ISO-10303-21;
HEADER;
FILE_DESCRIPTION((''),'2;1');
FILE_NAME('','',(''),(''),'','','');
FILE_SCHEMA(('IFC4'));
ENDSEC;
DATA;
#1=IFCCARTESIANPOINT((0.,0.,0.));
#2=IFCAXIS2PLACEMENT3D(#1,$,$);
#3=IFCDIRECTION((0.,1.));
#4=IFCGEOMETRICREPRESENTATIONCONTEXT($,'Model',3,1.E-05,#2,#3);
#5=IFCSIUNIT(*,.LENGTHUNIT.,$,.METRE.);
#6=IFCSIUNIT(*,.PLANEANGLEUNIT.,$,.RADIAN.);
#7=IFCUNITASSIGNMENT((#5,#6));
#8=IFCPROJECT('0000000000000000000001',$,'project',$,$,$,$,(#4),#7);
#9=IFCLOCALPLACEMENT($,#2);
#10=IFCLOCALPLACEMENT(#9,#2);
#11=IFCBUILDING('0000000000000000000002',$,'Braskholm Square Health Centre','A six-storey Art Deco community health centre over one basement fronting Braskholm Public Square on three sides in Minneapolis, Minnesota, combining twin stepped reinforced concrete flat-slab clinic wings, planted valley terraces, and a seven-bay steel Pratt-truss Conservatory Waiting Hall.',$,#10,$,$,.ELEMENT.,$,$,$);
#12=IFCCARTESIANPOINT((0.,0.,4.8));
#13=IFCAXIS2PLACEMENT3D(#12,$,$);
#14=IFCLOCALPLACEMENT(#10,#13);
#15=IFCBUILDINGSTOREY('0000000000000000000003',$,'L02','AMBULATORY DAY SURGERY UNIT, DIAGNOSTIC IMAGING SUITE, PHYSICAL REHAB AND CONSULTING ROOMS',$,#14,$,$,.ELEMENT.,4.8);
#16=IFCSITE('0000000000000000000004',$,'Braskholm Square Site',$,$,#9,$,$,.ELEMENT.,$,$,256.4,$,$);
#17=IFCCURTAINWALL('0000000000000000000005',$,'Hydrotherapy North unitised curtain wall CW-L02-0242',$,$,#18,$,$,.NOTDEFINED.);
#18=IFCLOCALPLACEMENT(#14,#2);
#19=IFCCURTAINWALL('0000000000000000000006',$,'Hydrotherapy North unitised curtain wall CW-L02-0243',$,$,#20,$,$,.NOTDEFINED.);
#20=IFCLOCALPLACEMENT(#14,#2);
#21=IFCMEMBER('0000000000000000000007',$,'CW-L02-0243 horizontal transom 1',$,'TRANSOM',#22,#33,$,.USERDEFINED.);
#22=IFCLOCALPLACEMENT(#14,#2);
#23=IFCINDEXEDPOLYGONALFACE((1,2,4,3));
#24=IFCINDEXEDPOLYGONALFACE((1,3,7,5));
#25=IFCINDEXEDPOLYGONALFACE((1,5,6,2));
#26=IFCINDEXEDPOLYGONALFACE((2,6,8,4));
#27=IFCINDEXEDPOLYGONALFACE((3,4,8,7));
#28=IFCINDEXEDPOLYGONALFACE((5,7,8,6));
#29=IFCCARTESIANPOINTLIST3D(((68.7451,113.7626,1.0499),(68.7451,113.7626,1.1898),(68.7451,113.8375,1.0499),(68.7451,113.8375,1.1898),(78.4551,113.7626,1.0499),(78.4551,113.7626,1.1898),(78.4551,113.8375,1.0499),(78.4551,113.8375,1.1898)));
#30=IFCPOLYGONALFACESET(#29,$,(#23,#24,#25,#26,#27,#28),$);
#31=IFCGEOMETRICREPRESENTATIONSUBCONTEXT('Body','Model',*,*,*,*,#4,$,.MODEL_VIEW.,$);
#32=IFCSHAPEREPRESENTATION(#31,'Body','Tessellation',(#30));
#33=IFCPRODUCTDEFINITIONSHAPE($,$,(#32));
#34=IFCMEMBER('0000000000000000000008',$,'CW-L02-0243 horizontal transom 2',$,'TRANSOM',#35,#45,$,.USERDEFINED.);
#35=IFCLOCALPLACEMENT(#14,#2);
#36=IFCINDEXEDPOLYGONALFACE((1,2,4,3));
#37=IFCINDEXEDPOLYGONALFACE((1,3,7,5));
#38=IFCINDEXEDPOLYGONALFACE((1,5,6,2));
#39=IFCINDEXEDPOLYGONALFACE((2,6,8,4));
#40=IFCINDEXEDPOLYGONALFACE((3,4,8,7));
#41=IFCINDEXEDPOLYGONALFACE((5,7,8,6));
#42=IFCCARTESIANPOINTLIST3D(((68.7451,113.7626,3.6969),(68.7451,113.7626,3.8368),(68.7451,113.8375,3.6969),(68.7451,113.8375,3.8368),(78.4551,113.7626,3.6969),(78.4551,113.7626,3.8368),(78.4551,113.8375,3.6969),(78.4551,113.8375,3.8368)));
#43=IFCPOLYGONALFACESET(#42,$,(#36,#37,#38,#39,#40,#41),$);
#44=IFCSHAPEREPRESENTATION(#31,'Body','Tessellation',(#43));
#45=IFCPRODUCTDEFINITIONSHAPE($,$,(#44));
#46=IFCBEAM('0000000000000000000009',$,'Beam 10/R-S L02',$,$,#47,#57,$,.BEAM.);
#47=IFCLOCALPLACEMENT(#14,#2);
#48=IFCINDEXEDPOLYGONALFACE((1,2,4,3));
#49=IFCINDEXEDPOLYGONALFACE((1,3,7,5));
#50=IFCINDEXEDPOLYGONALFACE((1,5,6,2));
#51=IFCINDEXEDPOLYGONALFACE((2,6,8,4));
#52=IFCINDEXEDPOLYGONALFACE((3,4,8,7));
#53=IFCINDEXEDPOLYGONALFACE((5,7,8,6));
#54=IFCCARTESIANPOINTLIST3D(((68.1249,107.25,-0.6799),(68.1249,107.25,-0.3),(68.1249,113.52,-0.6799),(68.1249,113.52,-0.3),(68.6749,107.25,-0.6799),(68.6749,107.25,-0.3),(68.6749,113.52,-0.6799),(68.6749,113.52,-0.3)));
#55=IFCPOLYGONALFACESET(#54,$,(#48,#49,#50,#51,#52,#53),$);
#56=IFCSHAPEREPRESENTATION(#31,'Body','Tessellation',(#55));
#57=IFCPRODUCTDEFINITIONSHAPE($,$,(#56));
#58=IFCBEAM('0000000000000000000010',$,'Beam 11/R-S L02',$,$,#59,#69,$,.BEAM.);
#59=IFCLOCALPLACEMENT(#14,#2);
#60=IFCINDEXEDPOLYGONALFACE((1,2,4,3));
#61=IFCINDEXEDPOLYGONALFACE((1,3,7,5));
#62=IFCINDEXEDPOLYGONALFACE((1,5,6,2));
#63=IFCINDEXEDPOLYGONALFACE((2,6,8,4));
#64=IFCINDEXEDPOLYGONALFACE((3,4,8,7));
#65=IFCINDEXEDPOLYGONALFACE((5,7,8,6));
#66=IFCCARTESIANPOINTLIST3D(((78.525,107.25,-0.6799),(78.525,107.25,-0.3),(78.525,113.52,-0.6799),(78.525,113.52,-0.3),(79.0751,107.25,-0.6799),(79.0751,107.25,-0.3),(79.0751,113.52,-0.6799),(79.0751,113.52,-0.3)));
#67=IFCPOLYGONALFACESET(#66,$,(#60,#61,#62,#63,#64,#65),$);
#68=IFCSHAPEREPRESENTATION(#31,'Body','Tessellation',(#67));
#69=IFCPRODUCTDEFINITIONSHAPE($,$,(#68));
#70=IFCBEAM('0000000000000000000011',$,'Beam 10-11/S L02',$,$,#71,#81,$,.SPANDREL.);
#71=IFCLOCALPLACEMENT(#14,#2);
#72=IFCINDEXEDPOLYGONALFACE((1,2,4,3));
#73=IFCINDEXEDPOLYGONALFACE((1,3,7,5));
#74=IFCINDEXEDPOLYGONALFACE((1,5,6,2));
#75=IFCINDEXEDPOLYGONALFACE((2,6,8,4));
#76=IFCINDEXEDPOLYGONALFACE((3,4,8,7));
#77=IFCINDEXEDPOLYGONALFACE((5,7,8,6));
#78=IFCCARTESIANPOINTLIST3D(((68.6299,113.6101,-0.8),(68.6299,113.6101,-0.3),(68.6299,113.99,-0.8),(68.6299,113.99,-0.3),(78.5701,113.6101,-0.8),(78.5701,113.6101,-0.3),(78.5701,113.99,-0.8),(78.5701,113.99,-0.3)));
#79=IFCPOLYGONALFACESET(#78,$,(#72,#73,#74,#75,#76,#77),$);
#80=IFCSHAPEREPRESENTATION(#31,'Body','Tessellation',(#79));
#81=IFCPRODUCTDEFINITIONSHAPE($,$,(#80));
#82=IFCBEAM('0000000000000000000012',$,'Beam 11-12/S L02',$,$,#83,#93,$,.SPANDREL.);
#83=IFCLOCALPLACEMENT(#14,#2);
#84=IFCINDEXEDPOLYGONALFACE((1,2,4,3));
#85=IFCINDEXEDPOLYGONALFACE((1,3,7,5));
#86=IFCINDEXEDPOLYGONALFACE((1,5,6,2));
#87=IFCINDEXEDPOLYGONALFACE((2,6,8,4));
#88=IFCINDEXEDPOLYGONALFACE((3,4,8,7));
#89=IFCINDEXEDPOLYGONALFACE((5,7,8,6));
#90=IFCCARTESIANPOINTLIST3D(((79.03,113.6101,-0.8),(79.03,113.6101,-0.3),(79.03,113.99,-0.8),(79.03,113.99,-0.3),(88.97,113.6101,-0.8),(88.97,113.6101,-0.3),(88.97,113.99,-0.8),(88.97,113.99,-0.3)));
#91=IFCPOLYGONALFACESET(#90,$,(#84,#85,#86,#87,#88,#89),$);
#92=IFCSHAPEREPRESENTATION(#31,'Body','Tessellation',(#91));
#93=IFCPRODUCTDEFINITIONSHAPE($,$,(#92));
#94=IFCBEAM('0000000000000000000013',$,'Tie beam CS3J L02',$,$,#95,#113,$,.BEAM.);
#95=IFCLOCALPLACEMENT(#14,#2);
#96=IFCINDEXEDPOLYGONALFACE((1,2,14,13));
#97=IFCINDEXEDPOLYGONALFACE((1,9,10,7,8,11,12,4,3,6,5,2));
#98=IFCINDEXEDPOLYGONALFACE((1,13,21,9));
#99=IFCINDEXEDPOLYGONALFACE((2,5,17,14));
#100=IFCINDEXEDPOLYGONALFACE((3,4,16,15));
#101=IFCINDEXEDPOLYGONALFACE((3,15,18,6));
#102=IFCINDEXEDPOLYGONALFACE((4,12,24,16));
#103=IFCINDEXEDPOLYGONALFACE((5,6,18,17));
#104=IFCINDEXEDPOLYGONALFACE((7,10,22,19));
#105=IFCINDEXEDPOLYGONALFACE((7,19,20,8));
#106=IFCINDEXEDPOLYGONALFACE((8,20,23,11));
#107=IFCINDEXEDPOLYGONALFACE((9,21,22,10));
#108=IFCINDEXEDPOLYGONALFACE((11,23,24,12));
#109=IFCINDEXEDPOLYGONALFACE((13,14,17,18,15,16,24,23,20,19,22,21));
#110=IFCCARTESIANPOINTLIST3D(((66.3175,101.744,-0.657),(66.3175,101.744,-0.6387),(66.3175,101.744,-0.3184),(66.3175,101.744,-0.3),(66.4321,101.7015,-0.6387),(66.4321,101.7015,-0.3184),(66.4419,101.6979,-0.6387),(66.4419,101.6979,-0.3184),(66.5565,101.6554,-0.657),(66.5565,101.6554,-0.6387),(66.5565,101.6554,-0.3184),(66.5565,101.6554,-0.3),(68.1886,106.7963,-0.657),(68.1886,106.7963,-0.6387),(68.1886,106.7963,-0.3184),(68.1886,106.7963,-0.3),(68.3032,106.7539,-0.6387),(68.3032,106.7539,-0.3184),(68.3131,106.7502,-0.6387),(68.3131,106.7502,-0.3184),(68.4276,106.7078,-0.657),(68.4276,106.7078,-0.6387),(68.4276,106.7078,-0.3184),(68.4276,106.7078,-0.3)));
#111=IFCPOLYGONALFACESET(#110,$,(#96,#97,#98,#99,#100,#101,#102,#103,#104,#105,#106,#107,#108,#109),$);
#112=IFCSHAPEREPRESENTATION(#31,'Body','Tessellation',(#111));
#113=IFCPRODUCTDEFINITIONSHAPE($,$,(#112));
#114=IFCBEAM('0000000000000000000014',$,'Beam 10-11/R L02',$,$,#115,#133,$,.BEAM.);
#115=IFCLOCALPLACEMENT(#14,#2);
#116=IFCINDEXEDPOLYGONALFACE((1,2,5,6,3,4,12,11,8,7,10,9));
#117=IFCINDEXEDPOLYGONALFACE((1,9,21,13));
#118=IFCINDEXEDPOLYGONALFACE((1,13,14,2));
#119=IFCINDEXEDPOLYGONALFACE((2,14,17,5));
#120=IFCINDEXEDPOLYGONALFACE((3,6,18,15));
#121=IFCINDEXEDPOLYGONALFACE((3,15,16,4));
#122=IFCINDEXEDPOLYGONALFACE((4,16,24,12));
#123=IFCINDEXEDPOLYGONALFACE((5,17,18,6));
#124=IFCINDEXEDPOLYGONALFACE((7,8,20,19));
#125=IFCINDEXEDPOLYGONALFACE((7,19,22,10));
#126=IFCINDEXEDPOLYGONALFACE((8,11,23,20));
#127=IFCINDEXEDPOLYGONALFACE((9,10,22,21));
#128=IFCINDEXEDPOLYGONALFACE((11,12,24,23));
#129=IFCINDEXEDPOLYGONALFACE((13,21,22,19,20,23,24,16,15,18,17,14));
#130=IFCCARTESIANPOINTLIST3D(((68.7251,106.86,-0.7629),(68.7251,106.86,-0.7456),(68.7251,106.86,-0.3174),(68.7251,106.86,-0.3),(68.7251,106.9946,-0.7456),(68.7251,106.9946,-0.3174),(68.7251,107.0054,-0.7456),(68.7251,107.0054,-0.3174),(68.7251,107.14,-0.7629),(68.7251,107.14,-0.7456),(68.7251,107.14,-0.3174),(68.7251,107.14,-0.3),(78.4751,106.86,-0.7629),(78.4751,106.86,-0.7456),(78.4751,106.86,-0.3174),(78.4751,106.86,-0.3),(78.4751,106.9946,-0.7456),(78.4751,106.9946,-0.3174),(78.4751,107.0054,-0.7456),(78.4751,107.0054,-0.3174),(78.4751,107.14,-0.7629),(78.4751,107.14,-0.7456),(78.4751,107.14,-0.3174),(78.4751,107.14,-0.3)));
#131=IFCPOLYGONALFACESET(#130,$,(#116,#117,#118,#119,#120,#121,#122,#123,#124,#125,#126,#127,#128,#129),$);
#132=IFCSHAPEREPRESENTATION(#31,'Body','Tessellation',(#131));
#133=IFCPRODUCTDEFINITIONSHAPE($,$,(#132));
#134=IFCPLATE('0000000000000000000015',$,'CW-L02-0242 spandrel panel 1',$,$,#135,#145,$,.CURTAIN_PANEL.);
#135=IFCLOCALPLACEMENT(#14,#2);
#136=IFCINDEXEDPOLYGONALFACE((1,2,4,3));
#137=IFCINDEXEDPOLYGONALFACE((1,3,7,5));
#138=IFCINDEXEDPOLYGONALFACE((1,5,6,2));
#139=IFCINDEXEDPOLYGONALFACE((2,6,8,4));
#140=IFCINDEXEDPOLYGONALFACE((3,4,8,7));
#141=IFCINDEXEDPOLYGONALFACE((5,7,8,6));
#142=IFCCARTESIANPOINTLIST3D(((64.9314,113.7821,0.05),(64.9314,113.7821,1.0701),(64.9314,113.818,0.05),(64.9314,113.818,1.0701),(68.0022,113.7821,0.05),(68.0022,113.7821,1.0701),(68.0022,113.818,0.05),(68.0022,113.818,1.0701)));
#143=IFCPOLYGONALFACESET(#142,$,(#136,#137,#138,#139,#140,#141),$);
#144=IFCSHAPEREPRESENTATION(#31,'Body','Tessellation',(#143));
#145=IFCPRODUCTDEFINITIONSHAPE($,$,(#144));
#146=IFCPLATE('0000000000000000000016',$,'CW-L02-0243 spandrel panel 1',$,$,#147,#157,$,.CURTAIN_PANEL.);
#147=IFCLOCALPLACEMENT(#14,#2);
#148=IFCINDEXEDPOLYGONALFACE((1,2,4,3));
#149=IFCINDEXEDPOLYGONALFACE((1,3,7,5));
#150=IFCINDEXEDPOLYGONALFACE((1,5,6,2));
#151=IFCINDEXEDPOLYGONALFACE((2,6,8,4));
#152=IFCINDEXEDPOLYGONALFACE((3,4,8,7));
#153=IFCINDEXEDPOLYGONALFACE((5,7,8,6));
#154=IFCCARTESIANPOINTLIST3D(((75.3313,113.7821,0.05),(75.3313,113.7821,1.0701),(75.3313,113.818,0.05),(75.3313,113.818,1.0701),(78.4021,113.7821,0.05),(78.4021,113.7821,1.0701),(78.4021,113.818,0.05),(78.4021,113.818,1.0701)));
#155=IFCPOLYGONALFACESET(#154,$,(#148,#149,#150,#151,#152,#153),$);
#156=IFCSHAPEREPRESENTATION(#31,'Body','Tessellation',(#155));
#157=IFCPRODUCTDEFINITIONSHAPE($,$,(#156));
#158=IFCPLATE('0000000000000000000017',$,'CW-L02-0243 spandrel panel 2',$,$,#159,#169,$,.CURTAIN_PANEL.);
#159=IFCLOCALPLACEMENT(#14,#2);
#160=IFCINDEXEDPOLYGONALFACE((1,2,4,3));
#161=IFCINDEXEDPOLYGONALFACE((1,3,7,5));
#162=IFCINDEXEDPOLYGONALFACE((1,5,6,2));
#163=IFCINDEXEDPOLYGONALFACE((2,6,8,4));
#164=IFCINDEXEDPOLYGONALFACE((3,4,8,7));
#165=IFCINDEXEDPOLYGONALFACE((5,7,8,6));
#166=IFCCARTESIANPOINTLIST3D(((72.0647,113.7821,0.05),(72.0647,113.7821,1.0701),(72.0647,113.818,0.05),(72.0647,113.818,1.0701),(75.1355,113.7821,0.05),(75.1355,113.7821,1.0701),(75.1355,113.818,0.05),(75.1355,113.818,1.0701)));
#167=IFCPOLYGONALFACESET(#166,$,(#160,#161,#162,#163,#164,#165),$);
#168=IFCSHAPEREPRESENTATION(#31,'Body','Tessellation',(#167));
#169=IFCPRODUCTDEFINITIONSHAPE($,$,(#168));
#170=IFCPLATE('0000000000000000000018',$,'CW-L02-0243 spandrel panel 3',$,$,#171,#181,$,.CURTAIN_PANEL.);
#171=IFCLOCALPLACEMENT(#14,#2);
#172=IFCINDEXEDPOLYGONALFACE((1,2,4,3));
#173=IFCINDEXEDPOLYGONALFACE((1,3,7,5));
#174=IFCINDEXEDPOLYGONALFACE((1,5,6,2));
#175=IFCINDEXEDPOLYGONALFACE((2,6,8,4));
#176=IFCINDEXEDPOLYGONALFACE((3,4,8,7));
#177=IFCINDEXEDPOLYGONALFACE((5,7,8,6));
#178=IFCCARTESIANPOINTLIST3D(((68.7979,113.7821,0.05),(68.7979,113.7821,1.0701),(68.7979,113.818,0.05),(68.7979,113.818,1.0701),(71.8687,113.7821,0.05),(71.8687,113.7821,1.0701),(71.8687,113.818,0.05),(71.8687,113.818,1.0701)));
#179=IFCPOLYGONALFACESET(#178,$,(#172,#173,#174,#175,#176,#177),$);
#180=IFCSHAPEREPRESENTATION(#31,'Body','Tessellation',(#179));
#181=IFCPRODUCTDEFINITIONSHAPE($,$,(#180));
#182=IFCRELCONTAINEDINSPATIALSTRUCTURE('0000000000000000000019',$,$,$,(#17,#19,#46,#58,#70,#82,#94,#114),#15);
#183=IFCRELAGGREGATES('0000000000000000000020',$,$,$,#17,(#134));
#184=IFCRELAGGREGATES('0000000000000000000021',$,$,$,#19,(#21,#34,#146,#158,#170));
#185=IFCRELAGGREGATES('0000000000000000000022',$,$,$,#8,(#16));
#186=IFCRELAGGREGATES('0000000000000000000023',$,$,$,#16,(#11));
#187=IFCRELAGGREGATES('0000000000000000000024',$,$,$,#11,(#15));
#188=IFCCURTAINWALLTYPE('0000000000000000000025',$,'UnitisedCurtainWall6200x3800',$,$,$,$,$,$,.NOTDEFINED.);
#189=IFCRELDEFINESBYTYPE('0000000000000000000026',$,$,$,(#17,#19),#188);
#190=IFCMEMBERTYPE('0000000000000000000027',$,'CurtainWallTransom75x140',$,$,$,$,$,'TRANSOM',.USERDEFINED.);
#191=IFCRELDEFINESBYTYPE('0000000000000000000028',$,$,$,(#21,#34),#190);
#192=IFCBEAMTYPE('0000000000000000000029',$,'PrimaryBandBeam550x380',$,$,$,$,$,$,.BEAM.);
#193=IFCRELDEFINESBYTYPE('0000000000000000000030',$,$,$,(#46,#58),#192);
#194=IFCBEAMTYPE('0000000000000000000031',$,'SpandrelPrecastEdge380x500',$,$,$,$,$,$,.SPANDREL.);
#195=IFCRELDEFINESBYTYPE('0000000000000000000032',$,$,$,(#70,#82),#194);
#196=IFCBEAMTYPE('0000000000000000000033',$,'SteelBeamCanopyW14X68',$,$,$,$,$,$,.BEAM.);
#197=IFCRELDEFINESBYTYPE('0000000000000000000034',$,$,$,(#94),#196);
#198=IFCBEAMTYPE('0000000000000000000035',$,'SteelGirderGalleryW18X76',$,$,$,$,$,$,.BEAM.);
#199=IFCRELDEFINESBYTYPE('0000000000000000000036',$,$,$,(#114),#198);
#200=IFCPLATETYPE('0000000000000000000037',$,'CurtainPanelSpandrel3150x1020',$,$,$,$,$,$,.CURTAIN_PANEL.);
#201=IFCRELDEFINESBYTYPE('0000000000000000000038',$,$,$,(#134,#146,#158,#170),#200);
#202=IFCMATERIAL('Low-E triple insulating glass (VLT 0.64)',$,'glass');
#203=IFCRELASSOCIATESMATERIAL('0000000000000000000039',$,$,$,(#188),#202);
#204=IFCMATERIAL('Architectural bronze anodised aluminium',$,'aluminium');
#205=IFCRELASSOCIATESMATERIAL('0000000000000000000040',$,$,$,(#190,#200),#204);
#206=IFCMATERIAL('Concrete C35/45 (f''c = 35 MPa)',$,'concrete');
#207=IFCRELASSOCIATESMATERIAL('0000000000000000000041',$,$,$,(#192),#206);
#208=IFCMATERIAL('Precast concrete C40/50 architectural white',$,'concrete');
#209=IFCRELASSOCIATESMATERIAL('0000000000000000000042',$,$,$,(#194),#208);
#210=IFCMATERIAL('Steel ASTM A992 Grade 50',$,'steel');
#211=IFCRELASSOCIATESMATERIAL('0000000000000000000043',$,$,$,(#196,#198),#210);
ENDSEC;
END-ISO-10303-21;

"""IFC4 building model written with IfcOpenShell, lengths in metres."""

from ifc_helpers import new_model, si_unit, direction, frame, origin, origin_2d, place, context, subcontext, project, spatial, rectangle, i_section, extrude, material, material_profile, profile_set, type_object, element, aggregate, save


model = new_model("IFC4")

# Units and contexts
model_context = context("Model", 3, precision=1e-05, world=origin(), true_north=direction((0.0, 1.0)))
body_context = subcontext(model_context, "Body", "Model", "MODEL_VIEW")
ifc_project = project(units=[si_unit("LENGTHUNIT", "METRE"), si_unit("PLANEANGLEUNIT", "RADIAN")], contexts=[model_context])

# Site, building, storey
site_placement = place(None, origin())
site = spatial("IfcSite", under=ifc_project, at=site_placement, Name="Braskholm Square Site", CompositionType="ELEMENT", RefElevation=256.4)
building_placement = place(site_placement, origin())
building = spatial("IfcBuilding", under=site, at=building_placement, Name="Braskholm Square Health Centre", Description="A six-storey Art Deco community health centre over one basement fronting Braskholm Public Square on three sides in Minneapolis, Minnesota, combining twin stepped reinforced concrete flat-slab clinic wings, planted valley terraces, and a seven-bay steel Pratt-truss Conservatory Waiting Hall.", CompositionType="ELEMENT")
storey_placement = place(building_placement, frame((0.0, 0.0, 4.8)))
storey = spatial("IfcBuildingStorey", under=building, at=storey_placement, Name="L02", Description="AMBULATORY DAY SURGERY UNIT, DIAGNOSTIC IMAGING SUITE, PHYSICAL REHAB AND CONSULTING ROOMS", CompositionType="ELEMENT", Elevation=4.8)

# Shared definitions
ifc_material_1 = material(Name="Precast concrete C40/50 architectural white", Category="concrete")

# Curtain walls
ifc_material_2 = material(Name="Low-E triple insulating glass (VLT 0.64)", Category="glass")
curtain_wall_type = type_object("IfcCurtainWallType", Name="UnitisedCurtainWall6200x3800", PredefinedType="NOTDEFINED", material=ifc_material_2)
curtain_wall_1_placement = place(storey_placement, origin())
curtain_wall_1 = element("IfcCurtainWall", 1, at=curtain_wall_1_placement, inside=storey, type_object=curtain_wall_type, Name="Hydrotherapy North unitised curtain wall CW-L02-0242", PredefinedType="NOTDEFINED")
ifc_material_3 = material(Name="Architectural bronze anodised aluminium", Category="aluminium")
curtain_wall_2_placement = place(storey_placement, origin())
curtain_wall_2 = element("IfcCurtainWall", 2, at=curtain_wall_2_placement, inside=storey, type_object=curtain_wall_type, Name="Hydrotherapy North unitised curtain wall CW-L02-0243", PredefinedType="NOTDEFINED")

# Members
ifc_material_profile_1 = material_profile(ifc_material_3, rectangle(XDim=0.075, YDim=0.1399, at=origin_2d()), Name="ALU-75X140")
ifc_profile_set_1 = profile_set([ifc_material_profile_1], Name="Architectural bronze anodised aluminium")
member_type_1 = type_object("IfcMemberType", Name="CurtainWallTransom75x140", ElementType="TRANSOM", PredefinedType="USERDEFINED", material=ifc_profile_set_1)
member_1_placement = place(storey_placement, frame((78.4551, 113.8, 1.1199), z_axis=(-1.0, 0.0, 0.0), x_axis=(0.0, -1.0, 0.0)))
member_1 = element("IfcMember", 3, at=member_1_placement, type_object=member_type_1, Name="CW-L02-0243 horizontal transom 1", ObjectType="TRANSOM", PredefinedType="USERDEFINED", context=body_context, shape_type="SweptSolid", body=[
    extrude(rectangle(XDim=0.075, YDim=0.1399, at=origin_2d()), origin(), (0.0, 0.0, 1.0), 9.71),
])
member_2_placement = place(storey_placement, frame((78.4551, 113.8, 3.7668), z_axis=(-1.0, 0.0, 0.0), x_axis=(0.0, -1.0, 0.0)))
member_2 = element("IfcMember", 4, at=member_2_placement, type_object=member_type_1, Name="CW-L02-0243 horizontal transom 2", ObjectType="TRANSOM", PredefinedType="USERDEFINED", context=body_context, shape_type="SweptSolid", body=[
    extrude(rectangle(XDim=0.075, YDim=0.1399, at=origin_2d()), origin(), (0.0, 0.0, 1.0), 9.71),
])

# Beams
ifc_material_4 = material(Name="Concrete C35/45 (f'c = 35 MPa)", Category="concrete")
ifc_material_profile_2 = material_profile(ifc_material_4, rectangle(XDim=0.55, YDim=0.3799, at=origin_2d()), Name="RCB-550X380")
ifc_profile_set_2 = profile_set([ifc_material_profile_2], Name="Concrete C35/45 (f'c = 35 MPa)")
beam_type_1 = type_object("IfcBeamType", Name="PrimaryBandBeam550x380", PredefinedType="BEAM", material=ifc_profile_set_2)
for number, where, z_axis, x_axis, name in (
    (5, (68.3999, 107.25, -0.49), (0.0, 1.0, 0.0), (-1.0, 0.0, 0.0), "Beam 10/R-S L02"),
    (6, (78.8, 107.25, -0.49), (0.0, 1.0, 0.0), (-1.0, 0.0, 0.0), "Beam 11/R-S L02"),
):
    element("IfcBeam", number, at=place(storey_placement, frame(where, z_axis=z_axis, x_axis=x_axis)), inside=storey, type_object=beam_type_1, Name=name, PredefinedType="BEAM", context=body_context, shape_type="SweptSolid", body=[
        extrude(rectangle(XDim=0.55, YDim=0.3799, at=origin_2d()), origin(), (0.0, 0.0, 1.0), 6.27),
    ])
ifc_material_profile_3 = material_profile(ifc_material_1, rectangle(XDim=0.3799, YDim=0.5, at=origin_2d()), Name="RCB-380X500")
ifc_profile_set_3 = profile_set([ifc_material_profile_3], Name="Precast concrete C40/50 architectural white")
beam_type_2 = type_object("IfcBeamType", Name="SpandrelPrecastEdge380x500", PredefinedType="SPANDREL", material=ifc_profile_set_3)
beam_1_placement = place(storey_placement, frame((68.6299, 113.8, -0.55), z_axis=(1.0, 0.0, 0.0), x_axis=(0.0, 1.0, 0.0)))
element("IfcBeam", 7, at=beam_1_placement, inside=storey, type_object=beam_type_2, Name="Beam 10-11/S L02", PredefinedType="SPANDREL", context=body_context, shape_type="SweptSolid", body=[
    extrude(rectangle(XDim=0.3799, YDim=0.5, at=origin_2d()), origin(), (0.0, 0.0, 1.0), 9.9402),
])
beam_2_placement = place(storey_placement, frame((79.03, 113.8, -0.55), z_axis=(1.0, 0.0, 0.0), x_axis=(0.0, 1.0, 0.0)))
element("IfcBeam", 8, at=beam_2_placement, inside=storey, type_object=beam_type_2, Name="Beam 11-12/S L02", PredefinedType="SPANDREL", context=body_context, shape_type="SweptSolid", body=[
    extrude(rectangle(XDim=0.3799, YDim=0.5, at=origin_2d()), origin(), (0.0, 0.0, 1.0), 9.9399),
])
ifc_material_5 = material(Name="Steel ASTM A992 Grade 50", Category="steel")
ifc_material_profile_4 = material_profile(ifc_material_5, i_section(OverallWidth=0.2549, OverallDepth=0.3569, WebThickness=0.0105, FlangeThickness=0.0183, at=origin_2d()), Name="W14X68")
ifc_profile_set_4 = profile_set([ifc_material_profile_4], Name="Steel ASTM A992 Grade 50")
beam_type_3 = type_object("IfcBeamType", Name="SteelBeamCanopyW14X68", PredefinedType="BEAM", material=ifc_profile_set_4)
beam_3_placement = place(storey_placement, frame((66.437, 101.6997, -0.4785), z_axis=(0.347297, 0.937755, 0.0), x_axis=(-0.937755, 0.347297, 0.0)))
element("IfcBeam", 9, at=beam_3_placement, inside=storey, type_object=beam_type_3, Name="Tie beam CS3J L02", PredefinedType="BEAM", context=body_context, shape_type="SweptSolid", body=[
    extrude(i_section(OverallWidth=0.2549, OverallDepth=0.3569, WebThickness=0.0105, FlangeThickness=0.0183, at=origin_2d()), origin(), (0.0, 0.0, 1.0), 5.3877),
])
ifc_material_profile_5 = material_profile(ifc_material_5, i_section(OverallWidth=0.28, OverallDepth=0.4629, WebThickness=0.0107, FlangeThickness=0.0173, at=origin_2d()), Name="W18X76")
ifc_profile_set_5 = profile_set([ifc_material_profile_5], Name="Steel ASTM A992 Grade 50")
beam_type_4 = type_object("IfcBeamType", Name="SteelGirderGalleryW18X76", PredefinedType="BEAM", material=ifc_profile_set_5)
beam_4_placement = place(storey_placement, frame((68.7251, 107.0, -0.5315), z_axis=(1.0, 0.0, 0.0), x_axis=(0.0, 1.0, 0.0)))
element("IfcBeam", 10, at=beam_4_placement, inside=storey, type_object=beam_type_4, Name="Beam 10-11/R L02", PredefinedType="BEAM", context=body_context, shape_type="SweptSolid", body=[
    extrude(i_section(OverallWidth=0.28, OverallDepth=0.4629, WebThickness=0.0107, FlangeThickness=0.0173, at=origin_2d()), origin(), (0.0, 0.0, 1.0), 9.75),
])

# Plates
plate_type_1 = type_object("IfcPlateType", Name="CurtainPanelSpandrel3150x1020", PredefinedType="CURTAIN_PANEL", material=ifc_material_3)
plate_1_placement = place(storey_placement, frame((66.4668, 113.8, 0.05), z_axis=(0.0, 0.0, 1.0), x_axis=(-1.0, 0.0, 0.0)))
plate_1 = element("IfcPlate", 11, at=plate_1_placement, type_object=plate_type_1, Name="CW-L02-0242 spandrel panel 1", PredefinedType="CURTAIN_PANEL", context=body_context, shape_type="SweptSolid", body=[
    extrude(rectangle(XDim=3.0708, YDim=0.0359, at=origin_2d()), origin(), (0.0, 0.0, 1.0), 1.02),
])
plate_2_placement = place(storey_placement, frame((76.8667, 113.8, 0.05), z_axis=(0.0, 0.0, 1.0), x_axis=(-1.0, 0.0, 0.0)))
plate_2 = element("IfcPlate", 12, at=plate_2_placement, type_object=plate_type_1, Name="CW-L02-0243 spandrel panel 1", PredefinedType="CURTAIN_PANEL", context=body_context, shape_type="SweptSolid", body=[
    extrude(rectangle(XDim=3.0708, YDim=0.0359, at=origin_2d()), origin(), (0.0, 0.0, 1.0), 1.02),
])
plate_3_placement = place(storey_placement, frame((73.6001, 113.8, 0.05), z_axis=(0.0, 0.0, 1.0), x_axis=(-1.0, 0.0, 0.0)))
plate_3 = element("IfcPlate", 13, at=plate_3_placement, type_object=plate_type_1, Name="CW-L02-0243 spandrel panel 2", PredefinedType="CURTAIN_PANEL", context=body_context, shape_type="SweptSolid", body=[
    extrude(rectangle(XDim=3.0708, YDim=0.0359, at=origin_2d()), origin(), (0.0, 0.0, 1.0), 1.02),
])
plate_4_placement = place(storey_placement, frame((70.3333, 113.8, 0.05), z_axis=(0.0, 0.0, 1.0), x_axis=(-1.0, 0.0, 0.0)))
plate_4 = element("IfcPlate", 14, at=plate_4_placement, type_object=plate_type_1, Name="CW-L02-0243 spandrel panel 3", PredefinedType="CURTAIN_PANEL", context=body_context, shape_type="SweptSolid", body=[
    extrude(rectangle(XDim=3.0708, YDim=0.0359, at=origin_2d()), origin(), (0.0, 0.0, 1.0), 1.02),
])
aggregate(curtain_wall_1, [plate_1])
aggregate(curtain_wall_2, [member_1, member_2, plate_2, plate_3, plate_4])

save(model, "model.ifc")
